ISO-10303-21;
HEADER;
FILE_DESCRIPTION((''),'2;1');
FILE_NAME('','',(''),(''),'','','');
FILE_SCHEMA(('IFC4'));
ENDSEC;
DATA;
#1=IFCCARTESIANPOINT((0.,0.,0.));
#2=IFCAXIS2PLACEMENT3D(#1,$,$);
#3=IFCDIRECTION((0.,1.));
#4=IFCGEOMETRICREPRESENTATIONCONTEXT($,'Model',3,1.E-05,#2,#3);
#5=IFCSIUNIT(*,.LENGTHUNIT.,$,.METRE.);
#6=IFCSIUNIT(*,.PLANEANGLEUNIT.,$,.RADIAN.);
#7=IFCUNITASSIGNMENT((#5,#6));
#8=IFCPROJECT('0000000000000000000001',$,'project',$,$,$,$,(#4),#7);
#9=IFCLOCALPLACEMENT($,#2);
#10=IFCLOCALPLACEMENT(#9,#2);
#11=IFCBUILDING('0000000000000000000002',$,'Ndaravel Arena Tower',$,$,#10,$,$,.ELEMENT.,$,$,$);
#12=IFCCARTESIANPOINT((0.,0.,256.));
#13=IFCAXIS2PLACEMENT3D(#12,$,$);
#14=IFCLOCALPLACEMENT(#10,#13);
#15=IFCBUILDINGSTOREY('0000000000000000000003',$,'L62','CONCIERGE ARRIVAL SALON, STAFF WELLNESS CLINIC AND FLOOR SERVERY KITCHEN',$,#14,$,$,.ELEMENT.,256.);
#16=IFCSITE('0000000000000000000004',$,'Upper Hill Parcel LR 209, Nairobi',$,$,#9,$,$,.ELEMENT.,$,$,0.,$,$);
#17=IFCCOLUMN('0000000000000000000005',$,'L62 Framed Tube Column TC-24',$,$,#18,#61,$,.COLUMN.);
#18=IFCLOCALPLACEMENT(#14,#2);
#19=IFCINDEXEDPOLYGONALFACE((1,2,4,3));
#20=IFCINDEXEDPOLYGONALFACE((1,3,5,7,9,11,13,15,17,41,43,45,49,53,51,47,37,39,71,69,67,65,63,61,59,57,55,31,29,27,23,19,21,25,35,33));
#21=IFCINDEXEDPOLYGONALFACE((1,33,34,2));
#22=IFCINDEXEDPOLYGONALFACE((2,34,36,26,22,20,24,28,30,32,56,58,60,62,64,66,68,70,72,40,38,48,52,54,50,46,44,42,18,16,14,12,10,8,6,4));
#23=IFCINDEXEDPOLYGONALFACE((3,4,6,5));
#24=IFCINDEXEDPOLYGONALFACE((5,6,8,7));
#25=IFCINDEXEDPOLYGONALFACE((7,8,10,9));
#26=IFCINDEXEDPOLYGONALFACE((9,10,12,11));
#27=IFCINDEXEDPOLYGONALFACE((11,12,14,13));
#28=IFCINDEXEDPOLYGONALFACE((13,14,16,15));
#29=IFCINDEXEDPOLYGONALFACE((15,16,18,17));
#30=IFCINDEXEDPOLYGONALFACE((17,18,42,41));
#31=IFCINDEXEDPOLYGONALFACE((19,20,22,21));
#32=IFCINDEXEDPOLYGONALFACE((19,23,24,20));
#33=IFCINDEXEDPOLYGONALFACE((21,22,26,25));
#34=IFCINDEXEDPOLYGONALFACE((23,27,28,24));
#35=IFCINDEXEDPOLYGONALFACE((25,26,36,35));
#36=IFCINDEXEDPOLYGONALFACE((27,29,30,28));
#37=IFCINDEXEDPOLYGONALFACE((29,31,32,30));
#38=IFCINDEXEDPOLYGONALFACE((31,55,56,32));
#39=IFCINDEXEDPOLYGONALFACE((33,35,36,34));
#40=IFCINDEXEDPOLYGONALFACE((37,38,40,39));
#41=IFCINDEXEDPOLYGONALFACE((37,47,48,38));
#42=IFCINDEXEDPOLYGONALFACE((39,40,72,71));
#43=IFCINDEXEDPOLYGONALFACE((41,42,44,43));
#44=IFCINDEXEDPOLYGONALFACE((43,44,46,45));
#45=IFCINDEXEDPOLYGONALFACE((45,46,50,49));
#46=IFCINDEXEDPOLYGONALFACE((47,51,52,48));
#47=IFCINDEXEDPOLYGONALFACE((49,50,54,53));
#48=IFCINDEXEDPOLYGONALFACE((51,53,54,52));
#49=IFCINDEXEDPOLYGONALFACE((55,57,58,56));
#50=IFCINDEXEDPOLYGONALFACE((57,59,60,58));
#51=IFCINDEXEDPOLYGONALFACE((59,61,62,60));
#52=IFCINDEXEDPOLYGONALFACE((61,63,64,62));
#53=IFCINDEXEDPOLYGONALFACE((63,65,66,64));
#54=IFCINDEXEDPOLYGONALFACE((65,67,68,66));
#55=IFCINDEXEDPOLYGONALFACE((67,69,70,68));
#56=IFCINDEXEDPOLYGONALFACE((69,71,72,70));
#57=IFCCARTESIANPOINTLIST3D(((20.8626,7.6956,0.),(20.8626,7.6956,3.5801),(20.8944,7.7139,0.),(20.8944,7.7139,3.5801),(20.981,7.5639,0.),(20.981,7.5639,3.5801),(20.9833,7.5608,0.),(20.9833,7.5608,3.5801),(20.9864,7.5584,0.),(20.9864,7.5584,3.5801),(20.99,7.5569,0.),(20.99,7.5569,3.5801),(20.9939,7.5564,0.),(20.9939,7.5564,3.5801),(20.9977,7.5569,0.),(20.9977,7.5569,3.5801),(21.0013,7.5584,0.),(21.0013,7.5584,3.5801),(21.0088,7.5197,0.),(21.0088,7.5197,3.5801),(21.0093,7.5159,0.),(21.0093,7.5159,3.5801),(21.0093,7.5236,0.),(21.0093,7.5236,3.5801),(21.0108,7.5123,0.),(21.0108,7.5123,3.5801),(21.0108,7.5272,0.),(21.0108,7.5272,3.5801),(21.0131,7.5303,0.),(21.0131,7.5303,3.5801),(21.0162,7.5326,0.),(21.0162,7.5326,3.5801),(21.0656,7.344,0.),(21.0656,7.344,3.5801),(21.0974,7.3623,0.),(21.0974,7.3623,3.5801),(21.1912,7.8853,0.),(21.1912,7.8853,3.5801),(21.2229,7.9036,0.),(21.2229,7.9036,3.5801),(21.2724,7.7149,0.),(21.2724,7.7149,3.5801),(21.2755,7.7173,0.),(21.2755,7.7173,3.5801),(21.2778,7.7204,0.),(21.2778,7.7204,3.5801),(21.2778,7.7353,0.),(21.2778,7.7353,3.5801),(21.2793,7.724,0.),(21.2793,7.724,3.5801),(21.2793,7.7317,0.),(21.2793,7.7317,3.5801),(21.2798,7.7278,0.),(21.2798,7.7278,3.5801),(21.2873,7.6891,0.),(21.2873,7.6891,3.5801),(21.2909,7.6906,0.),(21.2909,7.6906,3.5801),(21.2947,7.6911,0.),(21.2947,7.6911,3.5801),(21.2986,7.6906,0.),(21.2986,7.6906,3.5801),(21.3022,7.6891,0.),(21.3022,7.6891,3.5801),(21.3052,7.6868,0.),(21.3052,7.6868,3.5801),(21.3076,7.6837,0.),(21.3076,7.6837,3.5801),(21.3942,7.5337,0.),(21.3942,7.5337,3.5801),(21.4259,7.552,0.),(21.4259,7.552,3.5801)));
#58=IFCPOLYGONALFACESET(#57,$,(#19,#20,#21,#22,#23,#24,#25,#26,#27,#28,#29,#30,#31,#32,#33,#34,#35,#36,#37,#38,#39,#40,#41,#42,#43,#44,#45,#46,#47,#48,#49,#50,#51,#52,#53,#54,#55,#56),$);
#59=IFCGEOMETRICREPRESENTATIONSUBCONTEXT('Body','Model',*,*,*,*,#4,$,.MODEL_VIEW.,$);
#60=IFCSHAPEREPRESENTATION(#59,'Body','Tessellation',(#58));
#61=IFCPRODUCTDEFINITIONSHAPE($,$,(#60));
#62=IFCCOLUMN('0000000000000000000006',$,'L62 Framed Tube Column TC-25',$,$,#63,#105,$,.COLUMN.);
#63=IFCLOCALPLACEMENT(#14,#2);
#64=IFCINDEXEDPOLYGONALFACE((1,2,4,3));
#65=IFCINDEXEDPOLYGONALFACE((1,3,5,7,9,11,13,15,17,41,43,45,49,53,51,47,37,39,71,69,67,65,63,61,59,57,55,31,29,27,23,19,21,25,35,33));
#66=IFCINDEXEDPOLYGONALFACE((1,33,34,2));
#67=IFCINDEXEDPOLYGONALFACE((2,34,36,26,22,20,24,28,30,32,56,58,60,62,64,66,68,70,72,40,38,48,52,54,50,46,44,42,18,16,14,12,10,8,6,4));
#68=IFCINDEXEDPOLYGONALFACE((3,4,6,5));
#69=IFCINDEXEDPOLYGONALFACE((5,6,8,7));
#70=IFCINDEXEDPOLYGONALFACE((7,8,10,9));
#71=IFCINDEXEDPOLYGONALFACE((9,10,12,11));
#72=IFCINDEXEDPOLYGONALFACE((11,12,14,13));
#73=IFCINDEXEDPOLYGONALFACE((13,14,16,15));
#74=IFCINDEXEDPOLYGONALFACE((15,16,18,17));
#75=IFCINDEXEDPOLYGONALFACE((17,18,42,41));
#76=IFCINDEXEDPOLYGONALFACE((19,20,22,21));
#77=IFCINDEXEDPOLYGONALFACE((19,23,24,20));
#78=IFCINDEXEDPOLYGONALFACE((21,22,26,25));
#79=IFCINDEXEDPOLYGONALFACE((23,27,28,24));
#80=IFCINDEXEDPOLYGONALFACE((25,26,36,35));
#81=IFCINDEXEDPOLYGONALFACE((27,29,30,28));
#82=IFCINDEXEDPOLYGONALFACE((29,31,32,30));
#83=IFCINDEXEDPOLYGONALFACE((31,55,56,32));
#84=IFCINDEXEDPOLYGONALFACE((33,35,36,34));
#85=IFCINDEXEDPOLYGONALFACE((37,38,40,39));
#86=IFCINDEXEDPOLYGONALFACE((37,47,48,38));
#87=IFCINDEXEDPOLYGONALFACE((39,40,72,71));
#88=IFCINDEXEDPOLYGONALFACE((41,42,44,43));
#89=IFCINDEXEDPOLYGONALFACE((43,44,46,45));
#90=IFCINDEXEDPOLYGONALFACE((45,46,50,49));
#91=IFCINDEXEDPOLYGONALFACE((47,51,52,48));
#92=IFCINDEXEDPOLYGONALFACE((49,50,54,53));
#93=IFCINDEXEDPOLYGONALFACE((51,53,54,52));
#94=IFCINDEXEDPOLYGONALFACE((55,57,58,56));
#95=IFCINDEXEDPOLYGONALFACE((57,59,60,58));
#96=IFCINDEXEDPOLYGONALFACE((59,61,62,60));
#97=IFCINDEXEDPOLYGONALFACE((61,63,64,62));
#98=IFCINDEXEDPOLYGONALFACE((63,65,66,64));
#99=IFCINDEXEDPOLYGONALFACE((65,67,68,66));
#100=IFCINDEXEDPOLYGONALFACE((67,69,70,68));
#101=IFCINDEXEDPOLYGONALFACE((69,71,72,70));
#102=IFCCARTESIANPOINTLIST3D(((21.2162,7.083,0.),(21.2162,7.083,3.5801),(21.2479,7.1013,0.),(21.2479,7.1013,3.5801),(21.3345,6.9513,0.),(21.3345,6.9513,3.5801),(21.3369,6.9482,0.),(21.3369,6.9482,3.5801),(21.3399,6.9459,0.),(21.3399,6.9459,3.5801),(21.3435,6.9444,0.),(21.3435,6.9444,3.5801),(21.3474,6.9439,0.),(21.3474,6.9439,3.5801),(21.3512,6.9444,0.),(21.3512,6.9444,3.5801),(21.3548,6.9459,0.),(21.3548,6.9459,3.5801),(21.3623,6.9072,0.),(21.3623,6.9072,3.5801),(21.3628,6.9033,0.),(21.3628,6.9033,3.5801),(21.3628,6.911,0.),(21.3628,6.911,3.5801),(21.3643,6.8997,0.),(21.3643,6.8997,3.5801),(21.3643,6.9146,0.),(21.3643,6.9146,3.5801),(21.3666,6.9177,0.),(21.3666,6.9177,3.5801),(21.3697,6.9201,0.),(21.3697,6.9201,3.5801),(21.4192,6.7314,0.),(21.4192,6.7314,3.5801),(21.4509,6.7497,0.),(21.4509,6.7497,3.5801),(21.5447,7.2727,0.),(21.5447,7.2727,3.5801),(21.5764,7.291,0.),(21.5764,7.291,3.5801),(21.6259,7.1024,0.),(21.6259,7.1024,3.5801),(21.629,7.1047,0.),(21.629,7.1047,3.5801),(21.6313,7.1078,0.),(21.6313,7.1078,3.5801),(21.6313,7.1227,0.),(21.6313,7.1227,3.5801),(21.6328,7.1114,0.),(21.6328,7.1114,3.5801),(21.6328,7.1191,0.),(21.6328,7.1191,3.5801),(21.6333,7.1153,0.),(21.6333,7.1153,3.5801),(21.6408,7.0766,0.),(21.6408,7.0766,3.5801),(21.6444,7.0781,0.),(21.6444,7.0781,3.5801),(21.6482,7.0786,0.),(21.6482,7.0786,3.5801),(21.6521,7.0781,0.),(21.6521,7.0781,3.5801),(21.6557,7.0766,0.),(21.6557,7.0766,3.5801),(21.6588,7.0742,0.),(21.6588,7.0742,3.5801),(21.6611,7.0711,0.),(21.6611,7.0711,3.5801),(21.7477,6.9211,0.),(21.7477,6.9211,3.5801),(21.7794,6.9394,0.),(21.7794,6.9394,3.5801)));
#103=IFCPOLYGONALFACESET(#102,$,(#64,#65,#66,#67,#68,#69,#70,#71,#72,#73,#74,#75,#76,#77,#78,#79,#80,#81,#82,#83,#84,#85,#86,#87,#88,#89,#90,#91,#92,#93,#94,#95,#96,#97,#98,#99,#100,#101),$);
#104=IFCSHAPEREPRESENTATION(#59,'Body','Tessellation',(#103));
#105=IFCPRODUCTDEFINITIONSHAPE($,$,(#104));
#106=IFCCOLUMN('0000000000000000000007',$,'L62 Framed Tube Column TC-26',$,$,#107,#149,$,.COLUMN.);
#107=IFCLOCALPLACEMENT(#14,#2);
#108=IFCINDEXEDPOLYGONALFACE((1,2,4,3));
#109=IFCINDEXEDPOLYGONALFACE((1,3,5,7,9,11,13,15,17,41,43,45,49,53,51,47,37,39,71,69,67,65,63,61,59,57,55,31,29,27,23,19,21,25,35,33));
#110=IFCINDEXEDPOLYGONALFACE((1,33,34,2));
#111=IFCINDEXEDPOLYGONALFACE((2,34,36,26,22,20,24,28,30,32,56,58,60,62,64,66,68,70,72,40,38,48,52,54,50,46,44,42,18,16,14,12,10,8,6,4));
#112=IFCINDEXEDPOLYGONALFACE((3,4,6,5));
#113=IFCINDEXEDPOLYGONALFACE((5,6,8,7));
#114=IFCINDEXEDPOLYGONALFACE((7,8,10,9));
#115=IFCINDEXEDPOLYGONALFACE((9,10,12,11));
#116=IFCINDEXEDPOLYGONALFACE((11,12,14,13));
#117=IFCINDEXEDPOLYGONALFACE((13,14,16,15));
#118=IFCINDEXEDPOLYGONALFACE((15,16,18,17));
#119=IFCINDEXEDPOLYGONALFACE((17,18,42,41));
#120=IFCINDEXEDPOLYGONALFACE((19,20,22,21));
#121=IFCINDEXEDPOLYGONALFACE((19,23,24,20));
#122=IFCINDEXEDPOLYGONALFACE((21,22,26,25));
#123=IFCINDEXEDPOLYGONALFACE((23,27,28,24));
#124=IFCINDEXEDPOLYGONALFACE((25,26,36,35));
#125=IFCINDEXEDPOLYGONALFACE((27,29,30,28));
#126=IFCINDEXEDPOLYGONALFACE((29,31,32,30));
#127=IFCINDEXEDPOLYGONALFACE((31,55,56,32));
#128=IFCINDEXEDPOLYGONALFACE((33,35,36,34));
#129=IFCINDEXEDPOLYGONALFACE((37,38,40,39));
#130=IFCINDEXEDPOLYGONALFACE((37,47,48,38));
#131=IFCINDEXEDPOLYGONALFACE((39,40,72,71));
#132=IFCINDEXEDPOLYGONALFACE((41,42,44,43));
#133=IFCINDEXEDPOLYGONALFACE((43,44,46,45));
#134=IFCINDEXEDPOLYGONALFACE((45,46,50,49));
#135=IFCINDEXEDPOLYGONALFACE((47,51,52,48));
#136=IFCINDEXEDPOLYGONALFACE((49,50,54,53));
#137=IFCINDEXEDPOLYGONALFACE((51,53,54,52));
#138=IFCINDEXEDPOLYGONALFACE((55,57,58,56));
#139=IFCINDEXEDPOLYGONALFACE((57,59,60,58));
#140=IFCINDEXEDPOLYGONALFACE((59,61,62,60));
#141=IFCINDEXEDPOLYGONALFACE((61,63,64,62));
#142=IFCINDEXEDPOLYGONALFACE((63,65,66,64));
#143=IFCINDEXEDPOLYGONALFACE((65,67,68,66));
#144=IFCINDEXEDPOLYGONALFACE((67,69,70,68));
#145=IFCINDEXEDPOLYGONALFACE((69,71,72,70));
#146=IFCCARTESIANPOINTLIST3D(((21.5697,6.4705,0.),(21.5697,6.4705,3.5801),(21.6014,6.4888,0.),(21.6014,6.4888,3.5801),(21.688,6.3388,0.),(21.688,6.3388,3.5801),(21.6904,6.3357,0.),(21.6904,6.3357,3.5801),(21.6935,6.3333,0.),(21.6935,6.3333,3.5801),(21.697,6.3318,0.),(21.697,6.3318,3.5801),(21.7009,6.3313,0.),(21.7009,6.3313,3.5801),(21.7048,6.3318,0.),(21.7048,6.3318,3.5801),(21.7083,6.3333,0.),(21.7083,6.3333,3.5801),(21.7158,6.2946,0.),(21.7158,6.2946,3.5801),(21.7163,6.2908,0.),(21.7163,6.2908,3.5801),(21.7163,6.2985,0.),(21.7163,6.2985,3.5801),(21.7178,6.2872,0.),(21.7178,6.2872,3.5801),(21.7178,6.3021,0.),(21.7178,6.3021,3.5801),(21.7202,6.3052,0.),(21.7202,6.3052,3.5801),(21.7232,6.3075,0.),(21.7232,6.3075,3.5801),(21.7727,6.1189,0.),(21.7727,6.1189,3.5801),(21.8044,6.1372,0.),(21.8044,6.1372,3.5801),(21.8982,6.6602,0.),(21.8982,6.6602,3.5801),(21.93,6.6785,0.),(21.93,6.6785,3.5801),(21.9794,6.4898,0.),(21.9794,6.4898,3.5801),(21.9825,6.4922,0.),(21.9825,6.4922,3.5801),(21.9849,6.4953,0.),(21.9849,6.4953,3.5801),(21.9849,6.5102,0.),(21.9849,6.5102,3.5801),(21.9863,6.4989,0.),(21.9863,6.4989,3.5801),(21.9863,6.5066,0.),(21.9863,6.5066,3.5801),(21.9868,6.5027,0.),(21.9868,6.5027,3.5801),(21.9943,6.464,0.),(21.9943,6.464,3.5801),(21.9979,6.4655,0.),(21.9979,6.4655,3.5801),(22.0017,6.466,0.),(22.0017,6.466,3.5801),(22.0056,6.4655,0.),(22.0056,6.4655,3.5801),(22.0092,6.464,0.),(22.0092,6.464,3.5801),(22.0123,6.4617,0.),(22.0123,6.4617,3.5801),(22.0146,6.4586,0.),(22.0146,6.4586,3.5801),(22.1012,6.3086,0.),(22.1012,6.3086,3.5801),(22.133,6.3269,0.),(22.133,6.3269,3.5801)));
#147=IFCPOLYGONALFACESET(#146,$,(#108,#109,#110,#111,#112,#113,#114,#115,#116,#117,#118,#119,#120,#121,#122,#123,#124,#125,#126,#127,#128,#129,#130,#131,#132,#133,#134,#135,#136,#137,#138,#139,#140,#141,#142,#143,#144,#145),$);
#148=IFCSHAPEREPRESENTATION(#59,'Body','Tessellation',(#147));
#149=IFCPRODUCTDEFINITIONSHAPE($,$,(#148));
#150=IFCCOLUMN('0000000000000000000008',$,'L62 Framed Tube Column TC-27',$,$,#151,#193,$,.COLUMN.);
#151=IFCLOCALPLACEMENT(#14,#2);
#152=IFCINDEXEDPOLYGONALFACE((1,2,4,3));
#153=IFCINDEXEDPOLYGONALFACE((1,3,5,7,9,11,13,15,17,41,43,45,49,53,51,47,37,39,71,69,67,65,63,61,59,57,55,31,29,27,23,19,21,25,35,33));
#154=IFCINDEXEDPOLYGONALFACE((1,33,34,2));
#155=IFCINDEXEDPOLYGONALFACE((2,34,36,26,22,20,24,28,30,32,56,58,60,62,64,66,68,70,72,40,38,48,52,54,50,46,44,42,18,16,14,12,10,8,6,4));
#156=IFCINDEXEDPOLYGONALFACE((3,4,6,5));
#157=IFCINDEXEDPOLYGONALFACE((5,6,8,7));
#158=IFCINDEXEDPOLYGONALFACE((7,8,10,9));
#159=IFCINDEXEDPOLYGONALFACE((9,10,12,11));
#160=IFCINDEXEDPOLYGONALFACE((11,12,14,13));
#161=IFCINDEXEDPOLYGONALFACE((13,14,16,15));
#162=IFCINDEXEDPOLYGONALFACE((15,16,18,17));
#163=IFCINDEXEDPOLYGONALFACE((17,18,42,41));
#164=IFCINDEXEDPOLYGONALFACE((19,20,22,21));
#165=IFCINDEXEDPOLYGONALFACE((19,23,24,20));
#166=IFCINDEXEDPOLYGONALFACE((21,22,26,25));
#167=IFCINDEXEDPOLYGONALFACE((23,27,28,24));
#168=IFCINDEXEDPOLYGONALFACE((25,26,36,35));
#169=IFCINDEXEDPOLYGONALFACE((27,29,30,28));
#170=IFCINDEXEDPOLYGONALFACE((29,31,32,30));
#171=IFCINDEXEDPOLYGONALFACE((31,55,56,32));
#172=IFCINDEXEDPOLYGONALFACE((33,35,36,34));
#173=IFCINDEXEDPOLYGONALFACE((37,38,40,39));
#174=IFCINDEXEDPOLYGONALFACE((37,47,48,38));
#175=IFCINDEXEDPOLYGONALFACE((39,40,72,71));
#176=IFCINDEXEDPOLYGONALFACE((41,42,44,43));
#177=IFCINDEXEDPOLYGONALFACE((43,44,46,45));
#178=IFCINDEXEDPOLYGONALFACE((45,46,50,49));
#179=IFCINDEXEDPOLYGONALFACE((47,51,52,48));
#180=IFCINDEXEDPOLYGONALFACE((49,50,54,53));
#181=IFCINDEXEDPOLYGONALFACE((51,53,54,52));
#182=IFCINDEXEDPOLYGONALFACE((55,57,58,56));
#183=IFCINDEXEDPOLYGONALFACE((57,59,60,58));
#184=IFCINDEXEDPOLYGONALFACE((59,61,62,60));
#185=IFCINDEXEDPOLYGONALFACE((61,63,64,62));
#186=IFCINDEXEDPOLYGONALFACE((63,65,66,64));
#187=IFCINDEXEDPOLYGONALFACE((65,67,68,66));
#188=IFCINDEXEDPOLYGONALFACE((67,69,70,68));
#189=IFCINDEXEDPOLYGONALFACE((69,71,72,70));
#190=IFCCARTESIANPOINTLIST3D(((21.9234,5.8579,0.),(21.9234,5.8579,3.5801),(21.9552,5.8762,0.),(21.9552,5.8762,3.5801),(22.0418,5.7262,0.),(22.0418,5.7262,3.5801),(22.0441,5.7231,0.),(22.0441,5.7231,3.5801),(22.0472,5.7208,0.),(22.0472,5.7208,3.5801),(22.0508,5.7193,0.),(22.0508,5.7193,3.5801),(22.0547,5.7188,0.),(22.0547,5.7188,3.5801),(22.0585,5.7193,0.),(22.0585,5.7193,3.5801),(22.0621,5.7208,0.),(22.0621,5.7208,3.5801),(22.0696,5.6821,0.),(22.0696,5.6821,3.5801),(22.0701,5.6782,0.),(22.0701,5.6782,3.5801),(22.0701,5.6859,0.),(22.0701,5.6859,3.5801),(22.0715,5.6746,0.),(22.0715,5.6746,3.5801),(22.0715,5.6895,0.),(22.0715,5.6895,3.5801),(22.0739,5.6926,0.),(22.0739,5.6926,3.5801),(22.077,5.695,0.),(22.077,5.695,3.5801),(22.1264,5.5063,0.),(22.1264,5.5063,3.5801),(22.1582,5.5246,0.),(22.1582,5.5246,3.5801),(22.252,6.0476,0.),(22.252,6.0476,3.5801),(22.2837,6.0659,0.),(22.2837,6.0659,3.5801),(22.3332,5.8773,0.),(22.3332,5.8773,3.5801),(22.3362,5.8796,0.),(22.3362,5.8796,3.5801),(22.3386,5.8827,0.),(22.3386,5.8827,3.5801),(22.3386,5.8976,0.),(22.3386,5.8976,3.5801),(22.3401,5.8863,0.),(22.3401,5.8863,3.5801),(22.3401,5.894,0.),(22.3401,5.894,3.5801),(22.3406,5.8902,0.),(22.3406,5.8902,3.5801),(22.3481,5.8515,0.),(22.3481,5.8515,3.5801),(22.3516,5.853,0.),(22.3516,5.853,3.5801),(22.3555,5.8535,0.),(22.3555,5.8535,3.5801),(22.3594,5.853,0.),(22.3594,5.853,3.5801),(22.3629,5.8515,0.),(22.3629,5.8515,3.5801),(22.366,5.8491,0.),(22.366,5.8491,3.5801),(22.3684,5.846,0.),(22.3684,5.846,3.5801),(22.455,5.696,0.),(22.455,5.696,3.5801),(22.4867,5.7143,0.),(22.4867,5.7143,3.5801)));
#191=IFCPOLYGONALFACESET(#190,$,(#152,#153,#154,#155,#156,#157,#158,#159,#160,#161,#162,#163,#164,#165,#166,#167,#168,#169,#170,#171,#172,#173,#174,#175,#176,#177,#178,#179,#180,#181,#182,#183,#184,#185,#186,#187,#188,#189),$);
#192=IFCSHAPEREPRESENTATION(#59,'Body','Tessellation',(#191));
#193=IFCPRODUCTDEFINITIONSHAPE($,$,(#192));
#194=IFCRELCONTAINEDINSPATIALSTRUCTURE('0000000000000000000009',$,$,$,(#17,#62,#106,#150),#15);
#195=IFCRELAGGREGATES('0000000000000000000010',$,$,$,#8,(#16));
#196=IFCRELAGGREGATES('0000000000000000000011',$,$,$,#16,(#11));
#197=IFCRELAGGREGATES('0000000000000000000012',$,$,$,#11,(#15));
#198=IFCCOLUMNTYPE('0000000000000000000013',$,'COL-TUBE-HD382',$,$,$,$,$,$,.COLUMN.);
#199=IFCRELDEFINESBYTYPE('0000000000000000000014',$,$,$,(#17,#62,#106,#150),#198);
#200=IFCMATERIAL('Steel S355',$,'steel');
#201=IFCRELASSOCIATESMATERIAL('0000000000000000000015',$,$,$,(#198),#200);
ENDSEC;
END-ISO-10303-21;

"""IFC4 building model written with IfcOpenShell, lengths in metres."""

from ifc_helpers import new_model, si_unit, direction, frame, origin, origin_2d, place, context, subcontext, project, spatial, i_section, extrude, material, material_profile, profile_set, type_object, element, save


model = new_model("IFC4")

# Units and contexts
model_context = context("Model", 3, precision=1e-05, world=origin(), true_north=direction((0.0, 1.0)))
body_context = subcontext(model_context, "Body", "Model", "MODEL_VIEW")
ifc_project = project(units=[si_unit("LENGTHUNIT", "METRE"), si_unit("PLANEANGLEUNIT", "RADIAN")], contexts=[model_context])

# Site, building, storey
site_placement = place(None, origin())
site = spatial("IfcSite", under=ifc_project, at=site_placement, Name="Upper Hill Parcel LR 209, Nairobi", CompositionType="ELEMENT", RefElevation=0.0)
building_placement = place(site_placement, origin())
building = spatial("IfcBuilding", under=site, at=building_placement, Name="Ndaravel Arena Tower", CompositionType="ELEMENT")
storey_placement = place(building_placement, frame((0.0, 0.0, 256.0)))
storey = spatial("IfcBuildingStorey", under=building, at=storey_placement, Name="L62", Description="CONCIERGE ARRIVAL SALON, STAFF WELLNESS CLINIC AND FLOOR SERVERY KITCHEN", CompositionType="ELEMENT", Elevation=256.0)

# Columns
ifc_material_1 = material(Name="Steel S355", Category="steel")
ifc_material_profile_1 = material_profile(ifc_material_1, i_section(OverallWidth=0.406, OverallDepth=0.416, WebThickness=0.0298, FlangeThickness=0.0366, FilletRadius=0.0149, at=origin_2d()), Name="HD 400x382")
ifc_profile_set_1 = profile_set([ifc_material_profile_1], Name="Steel S355")
column_type = type_object("IfcColumnType", Name="COL-TUBE-HD382", PredefinedType="COLUMN", material=ifc_profile_set_1)
for number, where, z_axis, x_axis, name in (
    (1, (21.1443, 7.6238, 0.0), (0.0, 0.0, 1.0), (-0.5, 0.866025, 0.0), "L62 Framed Tube Column TC-24"),
    (2, (21.4978, 7.0112, 0.0), (0.0, 0.0, 1.0), (-0.5, 0.866025, 0.0), "L62 Framed Tube Column TC-25"),
    (3, (21.8513, 6.3987, 0.0), (0.0, 0.0, 1.0), (-0.5, 0.866025, 0.0), "L62 Framed Tube Column TC-26"),
    (4, (22.2051, 5.7861, 0.0), (0.0, 0.0, 1.0), (-0.5, 0.866025, 0.0), "L62 Framed Tube Column TC-27"),
):
    element("IfcColumn", number, at=place(storey_placement, frame(where, z_axis=z_axis, x_axis=x_axis)), inside=storey, type_object=column_type, Name=name, PredefinedType="COLUMN", context=body_context, shape_type="SweptSolid", body=[
        extrude(i_section(OverallWidth=0.406, OverallDepth=0.416, WebThickness=0.0298, FlangeThickness=0.0366, FilletRadius=0.0149, at=origin_2d()), origin(), (0.0, 0.0, 1.0), 3.5801),
    ])

save(model, "model.ifc")
